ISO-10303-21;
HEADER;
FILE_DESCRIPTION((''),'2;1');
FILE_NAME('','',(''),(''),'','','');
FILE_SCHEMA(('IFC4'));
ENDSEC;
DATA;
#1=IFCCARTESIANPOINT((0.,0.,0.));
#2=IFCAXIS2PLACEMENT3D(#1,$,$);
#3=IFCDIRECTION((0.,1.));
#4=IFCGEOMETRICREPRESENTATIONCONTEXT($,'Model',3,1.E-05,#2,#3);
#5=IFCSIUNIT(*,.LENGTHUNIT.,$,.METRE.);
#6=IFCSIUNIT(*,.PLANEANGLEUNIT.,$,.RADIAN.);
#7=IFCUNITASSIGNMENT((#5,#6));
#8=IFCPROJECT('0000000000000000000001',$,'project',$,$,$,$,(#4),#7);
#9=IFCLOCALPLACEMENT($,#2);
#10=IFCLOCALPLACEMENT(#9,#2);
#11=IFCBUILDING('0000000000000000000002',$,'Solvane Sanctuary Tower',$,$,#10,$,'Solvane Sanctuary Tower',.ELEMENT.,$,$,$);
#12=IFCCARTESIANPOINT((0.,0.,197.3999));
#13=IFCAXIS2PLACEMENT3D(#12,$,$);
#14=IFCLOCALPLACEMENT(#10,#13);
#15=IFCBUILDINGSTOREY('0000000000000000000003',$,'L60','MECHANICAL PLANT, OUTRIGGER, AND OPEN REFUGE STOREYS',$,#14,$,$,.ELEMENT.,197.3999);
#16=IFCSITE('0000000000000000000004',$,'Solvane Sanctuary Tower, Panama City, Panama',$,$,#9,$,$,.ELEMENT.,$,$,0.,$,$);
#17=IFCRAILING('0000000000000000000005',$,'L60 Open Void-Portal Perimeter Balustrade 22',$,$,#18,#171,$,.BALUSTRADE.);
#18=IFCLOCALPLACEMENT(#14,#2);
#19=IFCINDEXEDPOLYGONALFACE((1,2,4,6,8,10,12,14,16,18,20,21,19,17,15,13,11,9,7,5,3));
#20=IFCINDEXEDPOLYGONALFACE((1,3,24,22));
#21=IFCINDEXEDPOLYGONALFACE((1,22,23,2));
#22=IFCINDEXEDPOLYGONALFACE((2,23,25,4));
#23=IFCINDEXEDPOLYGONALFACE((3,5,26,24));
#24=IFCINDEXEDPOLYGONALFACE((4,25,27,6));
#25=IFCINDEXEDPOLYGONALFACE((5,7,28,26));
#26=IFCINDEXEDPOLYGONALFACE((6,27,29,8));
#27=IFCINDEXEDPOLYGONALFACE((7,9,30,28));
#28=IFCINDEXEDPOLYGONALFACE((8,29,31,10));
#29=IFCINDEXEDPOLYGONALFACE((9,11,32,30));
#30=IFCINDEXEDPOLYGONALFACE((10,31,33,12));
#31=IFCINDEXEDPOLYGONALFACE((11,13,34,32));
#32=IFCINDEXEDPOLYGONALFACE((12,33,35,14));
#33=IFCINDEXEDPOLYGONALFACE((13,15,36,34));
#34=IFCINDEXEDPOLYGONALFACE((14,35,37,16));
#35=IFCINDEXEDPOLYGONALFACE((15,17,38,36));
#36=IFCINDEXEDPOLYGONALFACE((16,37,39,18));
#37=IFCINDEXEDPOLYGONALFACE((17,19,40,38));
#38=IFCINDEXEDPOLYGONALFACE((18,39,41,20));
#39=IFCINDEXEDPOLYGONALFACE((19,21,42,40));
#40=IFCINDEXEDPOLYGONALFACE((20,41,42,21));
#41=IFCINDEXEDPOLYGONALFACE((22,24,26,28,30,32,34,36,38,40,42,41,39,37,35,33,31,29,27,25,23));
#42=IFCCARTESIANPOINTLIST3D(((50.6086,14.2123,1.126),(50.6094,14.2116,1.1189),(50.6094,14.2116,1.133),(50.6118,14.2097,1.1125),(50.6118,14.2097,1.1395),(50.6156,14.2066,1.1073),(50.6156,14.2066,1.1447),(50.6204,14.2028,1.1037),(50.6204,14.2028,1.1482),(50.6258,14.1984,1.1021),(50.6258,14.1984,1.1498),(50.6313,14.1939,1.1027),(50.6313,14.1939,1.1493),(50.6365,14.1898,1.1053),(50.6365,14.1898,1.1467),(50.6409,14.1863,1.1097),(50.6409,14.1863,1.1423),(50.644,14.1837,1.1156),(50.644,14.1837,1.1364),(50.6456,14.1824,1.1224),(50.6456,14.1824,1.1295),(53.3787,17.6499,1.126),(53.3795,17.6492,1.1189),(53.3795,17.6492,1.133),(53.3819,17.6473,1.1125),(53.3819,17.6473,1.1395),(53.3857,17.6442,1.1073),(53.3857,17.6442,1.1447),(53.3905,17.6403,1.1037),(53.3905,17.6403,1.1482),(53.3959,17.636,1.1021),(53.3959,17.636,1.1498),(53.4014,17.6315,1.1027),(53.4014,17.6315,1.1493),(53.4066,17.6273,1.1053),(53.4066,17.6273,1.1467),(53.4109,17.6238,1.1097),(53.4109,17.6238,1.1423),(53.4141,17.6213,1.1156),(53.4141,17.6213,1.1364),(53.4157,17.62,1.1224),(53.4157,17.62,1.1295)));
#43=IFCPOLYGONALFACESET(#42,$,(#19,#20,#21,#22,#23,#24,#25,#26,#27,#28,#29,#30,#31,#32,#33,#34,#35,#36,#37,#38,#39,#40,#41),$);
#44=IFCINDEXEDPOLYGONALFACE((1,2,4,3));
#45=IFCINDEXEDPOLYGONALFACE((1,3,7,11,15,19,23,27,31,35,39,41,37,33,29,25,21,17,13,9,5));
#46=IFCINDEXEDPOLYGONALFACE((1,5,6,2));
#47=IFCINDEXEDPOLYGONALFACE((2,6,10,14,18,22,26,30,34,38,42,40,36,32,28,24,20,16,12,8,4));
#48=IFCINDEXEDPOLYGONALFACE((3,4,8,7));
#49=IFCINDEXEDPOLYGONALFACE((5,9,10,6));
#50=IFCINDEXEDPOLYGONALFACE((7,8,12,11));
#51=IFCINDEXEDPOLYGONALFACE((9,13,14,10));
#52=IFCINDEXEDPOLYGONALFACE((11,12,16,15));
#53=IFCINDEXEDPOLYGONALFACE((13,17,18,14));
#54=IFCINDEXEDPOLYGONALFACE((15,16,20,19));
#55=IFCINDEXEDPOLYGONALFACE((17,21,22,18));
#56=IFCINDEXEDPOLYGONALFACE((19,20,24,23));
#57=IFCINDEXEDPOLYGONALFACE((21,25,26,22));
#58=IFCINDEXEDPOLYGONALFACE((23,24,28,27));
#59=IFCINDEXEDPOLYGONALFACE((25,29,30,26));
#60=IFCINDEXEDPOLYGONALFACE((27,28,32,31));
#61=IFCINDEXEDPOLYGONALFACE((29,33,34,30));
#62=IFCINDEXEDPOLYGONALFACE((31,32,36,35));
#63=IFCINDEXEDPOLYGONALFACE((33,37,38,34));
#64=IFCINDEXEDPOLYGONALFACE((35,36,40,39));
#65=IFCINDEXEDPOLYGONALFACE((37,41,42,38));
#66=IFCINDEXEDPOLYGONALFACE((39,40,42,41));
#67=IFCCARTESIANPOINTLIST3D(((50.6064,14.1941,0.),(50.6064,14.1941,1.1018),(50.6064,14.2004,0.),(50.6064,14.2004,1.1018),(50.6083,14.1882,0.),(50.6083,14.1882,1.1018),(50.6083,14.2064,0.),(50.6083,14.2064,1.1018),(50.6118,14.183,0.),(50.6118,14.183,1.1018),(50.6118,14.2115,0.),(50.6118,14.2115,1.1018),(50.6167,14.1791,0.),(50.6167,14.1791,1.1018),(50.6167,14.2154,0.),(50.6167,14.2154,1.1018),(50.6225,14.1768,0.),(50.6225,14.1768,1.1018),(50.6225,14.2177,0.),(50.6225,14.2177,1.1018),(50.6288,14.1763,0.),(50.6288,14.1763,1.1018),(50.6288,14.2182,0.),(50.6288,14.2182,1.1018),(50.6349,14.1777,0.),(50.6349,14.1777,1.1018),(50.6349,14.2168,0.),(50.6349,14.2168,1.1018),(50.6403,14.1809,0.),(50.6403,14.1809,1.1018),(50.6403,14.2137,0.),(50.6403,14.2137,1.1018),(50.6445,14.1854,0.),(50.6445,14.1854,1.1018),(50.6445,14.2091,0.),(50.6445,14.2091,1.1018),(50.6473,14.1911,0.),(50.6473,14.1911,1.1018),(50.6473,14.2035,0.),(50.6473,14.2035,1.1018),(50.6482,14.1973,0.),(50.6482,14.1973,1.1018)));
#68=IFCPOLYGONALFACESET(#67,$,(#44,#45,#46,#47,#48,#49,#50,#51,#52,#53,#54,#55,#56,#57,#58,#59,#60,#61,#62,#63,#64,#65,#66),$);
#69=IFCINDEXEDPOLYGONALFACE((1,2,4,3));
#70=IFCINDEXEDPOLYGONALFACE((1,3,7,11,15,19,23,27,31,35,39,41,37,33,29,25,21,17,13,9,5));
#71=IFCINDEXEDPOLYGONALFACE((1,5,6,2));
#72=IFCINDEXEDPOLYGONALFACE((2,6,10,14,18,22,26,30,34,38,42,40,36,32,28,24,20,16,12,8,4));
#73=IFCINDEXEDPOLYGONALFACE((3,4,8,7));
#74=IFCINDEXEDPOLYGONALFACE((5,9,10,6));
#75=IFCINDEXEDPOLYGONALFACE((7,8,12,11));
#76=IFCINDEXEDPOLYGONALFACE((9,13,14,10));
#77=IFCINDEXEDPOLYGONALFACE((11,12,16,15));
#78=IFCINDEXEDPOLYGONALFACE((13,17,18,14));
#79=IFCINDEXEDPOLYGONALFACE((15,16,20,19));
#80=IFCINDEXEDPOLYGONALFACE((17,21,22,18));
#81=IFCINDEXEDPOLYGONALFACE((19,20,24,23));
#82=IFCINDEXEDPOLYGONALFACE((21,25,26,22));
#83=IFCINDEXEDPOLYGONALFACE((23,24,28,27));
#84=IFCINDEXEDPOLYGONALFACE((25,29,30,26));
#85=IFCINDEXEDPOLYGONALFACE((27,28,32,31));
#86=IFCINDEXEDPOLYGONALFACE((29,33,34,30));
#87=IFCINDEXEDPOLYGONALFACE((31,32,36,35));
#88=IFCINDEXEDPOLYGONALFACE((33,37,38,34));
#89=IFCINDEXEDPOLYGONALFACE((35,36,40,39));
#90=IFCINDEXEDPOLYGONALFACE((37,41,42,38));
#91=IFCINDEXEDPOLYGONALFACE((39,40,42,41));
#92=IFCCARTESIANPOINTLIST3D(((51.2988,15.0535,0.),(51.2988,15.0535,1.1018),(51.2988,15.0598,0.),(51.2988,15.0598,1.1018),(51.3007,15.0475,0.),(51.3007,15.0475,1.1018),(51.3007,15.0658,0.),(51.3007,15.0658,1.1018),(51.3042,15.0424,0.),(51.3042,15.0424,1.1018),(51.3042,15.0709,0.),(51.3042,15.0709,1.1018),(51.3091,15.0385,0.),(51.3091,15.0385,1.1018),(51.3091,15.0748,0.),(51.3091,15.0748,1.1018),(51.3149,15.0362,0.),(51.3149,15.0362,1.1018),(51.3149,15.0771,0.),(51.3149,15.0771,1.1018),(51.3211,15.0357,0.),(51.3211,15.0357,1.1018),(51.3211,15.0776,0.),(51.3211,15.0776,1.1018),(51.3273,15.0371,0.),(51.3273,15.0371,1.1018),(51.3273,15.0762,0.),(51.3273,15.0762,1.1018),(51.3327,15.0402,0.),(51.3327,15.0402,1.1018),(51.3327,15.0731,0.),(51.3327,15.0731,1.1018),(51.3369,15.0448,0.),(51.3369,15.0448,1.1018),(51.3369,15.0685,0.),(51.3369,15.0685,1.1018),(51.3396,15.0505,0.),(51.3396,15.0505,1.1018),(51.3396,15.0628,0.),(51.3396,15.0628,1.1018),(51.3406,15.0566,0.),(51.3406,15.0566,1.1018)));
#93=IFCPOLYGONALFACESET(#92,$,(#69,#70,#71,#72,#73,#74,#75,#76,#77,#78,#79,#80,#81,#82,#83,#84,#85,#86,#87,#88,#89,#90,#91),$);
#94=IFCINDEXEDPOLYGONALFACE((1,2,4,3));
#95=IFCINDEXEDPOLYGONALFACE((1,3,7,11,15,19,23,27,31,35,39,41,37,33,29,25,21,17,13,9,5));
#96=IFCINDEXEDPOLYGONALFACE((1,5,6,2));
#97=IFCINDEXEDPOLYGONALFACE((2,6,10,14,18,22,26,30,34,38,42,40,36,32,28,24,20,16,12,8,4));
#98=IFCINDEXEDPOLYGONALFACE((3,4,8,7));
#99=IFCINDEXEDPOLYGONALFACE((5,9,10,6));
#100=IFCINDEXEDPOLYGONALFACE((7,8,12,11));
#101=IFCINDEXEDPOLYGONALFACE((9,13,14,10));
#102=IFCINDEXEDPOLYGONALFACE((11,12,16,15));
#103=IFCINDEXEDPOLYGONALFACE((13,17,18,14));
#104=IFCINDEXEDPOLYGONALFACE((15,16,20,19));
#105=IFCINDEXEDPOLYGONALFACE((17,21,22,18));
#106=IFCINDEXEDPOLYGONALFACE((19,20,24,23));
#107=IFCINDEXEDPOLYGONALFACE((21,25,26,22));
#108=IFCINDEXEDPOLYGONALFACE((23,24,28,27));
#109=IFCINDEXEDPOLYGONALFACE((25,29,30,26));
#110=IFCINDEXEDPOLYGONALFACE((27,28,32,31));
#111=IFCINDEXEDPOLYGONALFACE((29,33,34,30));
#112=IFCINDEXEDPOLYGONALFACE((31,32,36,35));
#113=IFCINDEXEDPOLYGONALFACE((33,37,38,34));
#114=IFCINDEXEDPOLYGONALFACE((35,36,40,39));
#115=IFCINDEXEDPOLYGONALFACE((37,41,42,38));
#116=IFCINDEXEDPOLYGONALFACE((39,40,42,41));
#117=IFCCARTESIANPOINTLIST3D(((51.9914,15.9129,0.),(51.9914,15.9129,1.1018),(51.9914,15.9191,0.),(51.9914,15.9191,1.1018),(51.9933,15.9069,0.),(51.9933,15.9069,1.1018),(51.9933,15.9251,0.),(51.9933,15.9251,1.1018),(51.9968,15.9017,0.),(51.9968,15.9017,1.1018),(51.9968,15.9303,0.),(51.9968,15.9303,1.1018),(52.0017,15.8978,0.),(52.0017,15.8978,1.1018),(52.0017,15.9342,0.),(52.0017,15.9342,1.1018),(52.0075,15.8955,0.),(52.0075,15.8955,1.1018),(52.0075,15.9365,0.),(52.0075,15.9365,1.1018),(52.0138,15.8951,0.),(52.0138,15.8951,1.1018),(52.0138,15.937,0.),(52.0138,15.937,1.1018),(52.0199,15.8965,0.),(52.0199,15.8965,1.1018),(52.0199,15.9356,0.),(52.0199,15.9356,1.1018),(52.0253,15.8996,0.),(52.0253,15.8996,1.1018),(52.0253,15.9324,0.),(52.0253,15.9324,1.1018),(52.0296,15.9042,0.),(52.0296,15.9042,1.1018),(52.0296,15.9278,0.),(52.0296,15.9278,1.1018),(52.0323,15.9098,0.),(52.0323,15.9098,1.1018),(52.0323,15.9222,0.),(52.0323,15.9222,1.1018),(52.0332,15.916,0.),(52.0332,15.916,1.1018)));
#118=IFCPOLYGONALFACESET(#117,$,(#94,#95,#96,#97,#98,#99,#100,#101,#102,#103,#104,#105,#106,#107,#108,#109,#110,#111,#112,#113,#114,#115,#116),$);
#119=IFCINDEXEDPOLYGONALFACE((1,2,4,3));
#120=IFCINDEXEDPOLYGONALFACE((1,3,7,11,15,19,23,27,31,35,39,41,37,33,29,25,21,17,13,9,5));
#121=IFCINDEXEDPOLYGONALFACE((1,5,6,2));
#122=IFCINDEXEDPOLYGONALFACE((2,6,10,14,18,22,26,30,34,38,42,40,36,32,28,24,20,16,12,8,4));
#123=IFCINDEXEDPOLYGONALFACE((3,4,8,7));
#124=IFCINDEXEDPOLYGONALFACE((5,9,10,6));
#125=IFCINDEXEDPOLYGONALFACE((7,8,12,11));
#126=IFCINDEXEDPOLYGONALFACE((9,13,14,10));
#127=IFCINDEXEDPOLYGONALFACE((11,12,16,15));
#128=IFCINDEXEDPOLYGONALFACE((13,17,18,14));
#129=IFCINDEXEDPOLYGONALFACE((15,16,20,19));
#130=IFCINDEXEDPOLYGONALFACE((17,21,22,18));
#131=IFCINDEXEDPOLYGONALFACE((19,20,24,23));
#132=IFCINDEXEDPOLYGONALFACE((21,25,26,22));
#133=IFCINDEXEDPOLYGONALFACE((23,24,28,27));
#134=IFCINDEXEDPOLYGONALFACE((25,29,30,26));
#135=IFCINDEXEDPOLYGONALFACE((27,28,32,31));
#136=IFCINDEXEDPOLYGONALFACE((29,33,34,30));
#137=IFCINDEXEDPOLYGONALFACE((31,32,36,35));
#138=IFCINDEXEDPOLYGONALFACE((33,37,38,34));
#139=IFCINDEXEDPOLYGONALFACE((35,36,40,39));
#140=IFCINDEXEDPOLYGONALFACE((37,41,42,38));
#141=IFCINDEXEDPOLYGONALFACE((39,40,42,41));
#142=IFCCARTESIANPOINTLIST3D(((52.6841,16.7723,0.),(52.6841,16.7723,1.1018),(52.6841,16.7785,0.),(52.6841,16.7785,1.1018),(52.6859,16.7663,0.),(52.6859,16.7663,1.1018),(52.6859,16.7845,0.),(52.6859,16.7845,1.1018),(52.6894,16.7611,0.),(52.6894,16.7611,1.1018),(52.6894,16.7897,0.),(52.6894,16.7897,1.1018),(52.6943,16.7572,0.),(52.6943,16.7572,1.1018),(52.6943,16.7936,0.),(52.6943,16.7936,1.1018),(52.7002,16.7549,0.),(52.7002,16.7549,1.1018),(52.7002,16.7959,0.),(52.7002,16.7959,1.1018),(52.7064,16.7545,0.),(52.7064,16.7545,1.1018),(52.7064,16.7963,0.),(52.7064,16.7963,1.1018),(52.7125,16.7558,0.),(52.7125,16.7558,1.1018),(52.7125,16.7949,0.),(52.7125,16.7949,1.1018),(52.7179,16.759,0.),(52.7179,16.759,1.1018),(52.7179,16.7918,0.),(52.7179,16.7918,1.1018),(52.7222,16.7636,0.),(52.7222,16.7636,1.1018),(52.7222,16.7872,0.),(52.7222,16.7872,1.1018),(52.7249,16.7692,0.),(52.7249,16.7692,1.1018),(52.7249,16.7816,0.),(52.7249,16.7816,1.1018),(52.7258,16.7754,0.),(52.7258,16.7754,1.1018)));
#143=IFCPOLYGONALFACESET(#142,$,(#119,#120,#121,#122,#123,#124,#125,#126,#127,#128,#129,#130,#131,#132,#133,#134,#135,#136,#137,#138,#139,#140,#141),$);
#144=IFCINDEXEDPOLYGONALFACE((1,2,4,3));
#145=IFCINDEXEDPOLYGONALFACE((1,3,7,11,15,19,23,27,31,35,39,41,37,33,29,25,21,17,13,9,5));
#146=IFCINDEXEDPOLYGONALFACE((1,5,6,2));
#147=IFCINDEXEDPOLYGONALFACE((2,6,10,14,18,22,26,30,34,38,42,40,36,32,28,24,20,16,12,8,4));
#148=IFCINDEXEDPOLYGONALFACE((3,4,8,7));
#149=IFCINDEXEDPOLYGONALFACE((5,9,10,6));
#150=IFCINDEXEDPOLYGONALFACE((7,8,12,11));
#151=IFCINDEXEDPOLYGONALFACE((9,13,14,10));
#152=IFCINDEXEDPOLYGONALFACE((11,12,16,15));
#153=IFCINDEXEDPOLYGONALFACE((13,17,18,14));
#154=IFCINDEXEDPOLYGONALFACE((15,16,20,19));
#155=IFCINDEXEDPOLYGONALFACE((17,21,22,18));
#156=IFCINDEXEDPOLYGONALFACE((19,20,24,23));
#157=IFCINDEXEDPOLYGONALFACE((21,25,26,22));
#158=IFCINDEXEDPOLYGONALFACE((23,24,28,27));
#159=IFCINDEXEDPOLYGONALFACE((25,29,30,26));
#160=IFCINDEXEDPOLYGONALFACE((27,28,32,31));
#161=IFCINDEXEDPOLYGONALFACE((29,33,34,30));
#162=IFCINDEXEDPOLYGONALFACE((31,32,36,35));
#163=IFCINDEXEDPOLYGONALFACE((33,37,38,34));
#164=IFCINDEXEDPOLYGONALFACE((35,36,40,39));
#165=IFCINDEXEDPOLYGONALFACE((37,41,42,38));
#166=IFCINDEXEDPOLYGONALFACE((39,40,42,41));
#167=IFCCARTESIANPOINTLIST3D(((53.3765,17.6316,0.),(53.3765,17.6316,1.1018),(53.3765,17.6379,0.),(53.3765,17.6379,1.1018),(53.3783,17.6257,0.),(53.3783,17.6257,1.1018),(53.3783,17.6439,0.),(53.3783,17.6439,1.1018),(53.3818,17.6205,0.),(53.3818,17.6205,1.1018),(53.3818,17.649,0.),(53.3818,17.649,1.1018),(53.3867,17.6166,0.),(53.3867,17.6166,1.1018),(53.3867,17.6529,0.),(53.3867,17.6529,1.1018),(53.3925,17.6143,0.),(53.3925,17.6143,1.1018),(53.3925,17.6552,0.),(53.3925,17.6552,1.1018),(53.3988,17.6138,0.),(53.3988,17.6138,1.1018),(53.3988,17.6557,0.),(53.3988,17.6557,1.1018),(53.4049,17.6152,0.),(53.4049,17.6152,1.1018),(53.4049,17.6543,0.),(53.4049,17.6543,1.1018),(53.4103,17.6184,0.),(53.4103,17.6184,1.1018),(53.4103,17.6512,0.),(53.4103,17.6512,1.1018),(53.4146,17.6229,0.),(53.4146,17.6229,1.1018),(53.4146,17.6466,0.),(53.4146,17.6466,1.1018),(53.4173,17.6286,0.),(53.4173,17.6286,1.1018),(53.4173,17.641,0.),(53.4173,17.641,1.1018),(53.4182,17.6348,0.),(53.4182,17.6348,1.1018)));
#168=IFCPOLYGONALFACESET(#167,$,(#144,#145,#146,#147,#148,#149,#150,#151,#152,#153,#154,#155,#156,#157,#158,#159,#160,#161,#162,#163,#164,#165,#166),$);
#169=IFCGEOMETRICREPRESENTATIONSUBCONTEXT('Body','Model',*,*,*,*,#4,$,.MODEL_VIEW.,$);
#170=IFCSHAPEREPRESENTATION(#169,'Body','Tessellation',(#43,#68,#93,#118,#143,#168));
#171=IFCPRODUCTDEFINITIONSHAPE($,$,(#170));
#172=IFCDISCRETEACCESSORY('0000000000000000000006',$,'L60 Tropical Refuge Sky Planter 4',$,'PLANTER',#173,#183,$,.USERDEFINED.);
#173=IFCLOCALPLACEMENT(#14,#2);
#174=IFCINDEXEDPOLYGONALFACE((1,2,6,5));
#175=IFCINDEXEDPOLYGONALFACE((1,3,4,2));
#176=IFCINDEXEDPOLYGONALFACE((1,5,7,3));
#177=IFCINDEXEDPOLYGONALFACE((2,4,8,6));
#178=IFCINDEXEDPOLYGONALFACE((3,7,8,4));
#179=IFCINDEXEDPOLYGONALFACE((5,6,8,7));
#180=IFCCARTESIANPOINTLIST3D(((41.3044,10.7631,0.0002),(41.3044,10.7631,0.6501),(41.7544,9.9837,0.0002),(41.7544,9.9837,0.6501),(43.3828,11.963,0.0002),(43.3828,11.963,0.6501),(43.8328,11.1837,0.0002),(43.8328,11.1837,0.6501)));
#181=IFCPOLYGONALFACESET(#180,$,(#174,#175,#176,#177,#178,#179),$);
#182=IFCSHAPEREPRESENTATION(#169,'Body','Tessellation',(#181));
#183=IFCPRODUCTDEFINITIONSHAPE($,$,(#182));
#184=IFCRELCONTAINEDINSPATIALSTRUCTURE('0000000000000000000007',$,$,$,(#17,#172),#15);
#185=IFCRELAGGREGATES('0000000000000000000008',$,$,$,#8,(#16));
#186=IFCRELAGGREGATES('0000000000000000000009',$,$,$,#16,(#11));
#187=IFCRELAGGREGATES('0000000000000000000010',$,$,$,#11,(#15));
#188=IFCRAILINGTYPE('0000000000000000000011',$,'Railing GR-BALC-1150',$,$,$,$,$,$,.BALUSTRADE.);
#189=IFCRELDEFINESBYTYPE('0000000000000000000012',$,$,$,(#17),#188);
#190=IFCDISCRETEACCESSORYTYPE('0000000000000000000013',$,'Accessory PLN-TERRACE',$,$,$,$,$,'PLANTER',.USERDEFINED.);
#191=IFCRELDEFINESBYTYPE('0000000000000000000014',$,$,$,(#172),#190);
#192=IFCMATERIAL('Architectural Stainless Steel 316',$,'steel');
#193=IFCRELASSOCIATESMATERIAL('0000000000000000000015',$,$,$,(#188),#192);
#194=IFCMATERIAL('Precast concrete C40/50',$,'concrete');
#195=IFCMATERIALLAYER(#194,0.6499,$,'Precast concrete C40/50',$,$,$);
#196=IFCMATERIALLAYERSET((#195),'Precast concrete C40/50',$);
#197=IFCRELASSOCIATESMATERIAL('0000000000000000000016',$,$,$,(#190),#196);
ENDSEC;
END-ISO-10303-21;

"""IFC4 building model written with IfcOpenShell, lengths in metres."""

from ifc_helpers import new_model, si_unit, direction, frame, origin, origin_2d, place, context, subcontext, project, spatial, rectangle, circle, extrude, material, layer, layer_set, type_object, element, save


model = new_model("IFC4")

# Units and contexts
model_context = context("Model", 3, precision=1e-05, world=origin(), true_north=direction((0.0, 1.0)))
body_context = subcontext(model_context, "Body", "Model", "MODEL_VIEW")
ifc_project = project(units=[si_unit("LENGTHUNIT", "METRE"), si_unit("PLANEANGLEUNIT", "RADIAN")], contexts=[model_context])

# Site, building, storey
site_placement = place(None, origin())
site = spatial("IfcSite", under=ifc_project, at=site_placement, Name="Solvane Sanctuary Tower, Panama City, Panama", CompositionType="ELEMENT", RefElevation=0.0)
building_placement = place(site_placement, origin())
building = spatial("IfcBuilding", under=site, at=building_placement, Name="Solvane Sanctuary Tower", LongName="Solvane Sanctuary Tower", CompositionType="ELEMENT")
storey_placement = place(building_placement, frame((0.0, 0.0, 197.3999)))
storey = spatial("IfcBuildingStorey", under=building, at=storey_placement, Name="L60", Description="MECHANICAL PLANT, OUTRIGGER, AND OPEN REFUGE STOREYS", CompositionType="ELEMENT", Elevation=197.3999)

# Railing
ifc_material_1 = material(Name="Architectural Stainless Steel 316", Category="steel")
railing_type = type_object("IfcRailingType", Name="Railing GR-BALC-1150", PredefinedType="BALUSTRADE", material=ifc_material_1)
railing_1_placement = place(storey_placement, frame((50.6272, 14.1973, 0.0)))
element("IfcRailing", 1, at=railing_1_placement, inside=storey, type_object=railing_type, Name="L60 Open Void-Portal Perimeter Balustrade 22", PredefinedType="BALUSTRADE", context=body_context, shape_type="SweptSolid", body=[
    extrude(circle(Radius=0.0239, at=origin_2d()), frame((0.0, 0.0, 1.126), z_axis=(0.627456, 0.778652, 0.0), x_axis=(-0.778652, 0.627456, 0.0)), (0.0, 0.0, 1.0), 4.4148),
    extrude(circle(Radius=0.021, at=origin_2d()), origin(), (0.0, 0.0, 1.0), 1.1018),
    extrude(circle(Radius=0.021, at=origin_2d()), frame((0.6924, 0.8594, 0.0)), (0.0, 0.0, 1.0), 1.1018),
    extrude(circle(Radius=0.021, at=origin_2d()), frame((1.385, 1.7188, 0.0)), (0.0, 0.0, 1.0), 1.1018),
    extrude(circle(Radius=0.021, at=origin_2d()), frame((2.0776, 2.5781, 0.0)), (0.0, 0.0, 1.0), 1.1018),
    extrude(circle(Radius=0.021, at=origin_2d()), frame((2.77, 3.4375, 0.0)), (0.0, 0.0, 1.0), 1.1018),
])

# Discrete accessory
ifc_material_2 = material(Name="Precast concrete C40/50", Category="concrete")
ifc_layer_1 = layer(ifc_material_2, 0.6499, Name="Precast concrete C40/50")
ifc_layer_set_1 = layer_set([ifc_layer_1], Name="Precast concrete C40/50")
discrete_accessory_type = type_object("IfcDiscreteAccessoryType", Name="Accessory PLN-TERRACE", ElementType="PLANTER", PredefinedType="USERDEFINED", material=ifc_layer_set_1)
discrete_accessory_placement = place(storey_placement, frame((42.5686, 10.9734, 0.0002), z_axis=(0.0, 0.0, 1.0), x_axis=(0.866025, 0.5, 0.0)))
element("IfcDiscreteAccessory", 2, at=discrete_accessory_placement, inside=storey, type_object=discrete_accessory_type, Name="L60 Tropical Refuge Sky Planter 4", ObjectType="PLANTER", PredefinedType="USERDEFINED", context=body_context, shape_type="SweptSolid", body=[
    extrude(rectangle(XDim=2.3999, YDim=0.8999, at=origin_2d()), origin(), (0.0, 0.0, 1.0), 0.6499),
])

save(model, "model.ifc")
